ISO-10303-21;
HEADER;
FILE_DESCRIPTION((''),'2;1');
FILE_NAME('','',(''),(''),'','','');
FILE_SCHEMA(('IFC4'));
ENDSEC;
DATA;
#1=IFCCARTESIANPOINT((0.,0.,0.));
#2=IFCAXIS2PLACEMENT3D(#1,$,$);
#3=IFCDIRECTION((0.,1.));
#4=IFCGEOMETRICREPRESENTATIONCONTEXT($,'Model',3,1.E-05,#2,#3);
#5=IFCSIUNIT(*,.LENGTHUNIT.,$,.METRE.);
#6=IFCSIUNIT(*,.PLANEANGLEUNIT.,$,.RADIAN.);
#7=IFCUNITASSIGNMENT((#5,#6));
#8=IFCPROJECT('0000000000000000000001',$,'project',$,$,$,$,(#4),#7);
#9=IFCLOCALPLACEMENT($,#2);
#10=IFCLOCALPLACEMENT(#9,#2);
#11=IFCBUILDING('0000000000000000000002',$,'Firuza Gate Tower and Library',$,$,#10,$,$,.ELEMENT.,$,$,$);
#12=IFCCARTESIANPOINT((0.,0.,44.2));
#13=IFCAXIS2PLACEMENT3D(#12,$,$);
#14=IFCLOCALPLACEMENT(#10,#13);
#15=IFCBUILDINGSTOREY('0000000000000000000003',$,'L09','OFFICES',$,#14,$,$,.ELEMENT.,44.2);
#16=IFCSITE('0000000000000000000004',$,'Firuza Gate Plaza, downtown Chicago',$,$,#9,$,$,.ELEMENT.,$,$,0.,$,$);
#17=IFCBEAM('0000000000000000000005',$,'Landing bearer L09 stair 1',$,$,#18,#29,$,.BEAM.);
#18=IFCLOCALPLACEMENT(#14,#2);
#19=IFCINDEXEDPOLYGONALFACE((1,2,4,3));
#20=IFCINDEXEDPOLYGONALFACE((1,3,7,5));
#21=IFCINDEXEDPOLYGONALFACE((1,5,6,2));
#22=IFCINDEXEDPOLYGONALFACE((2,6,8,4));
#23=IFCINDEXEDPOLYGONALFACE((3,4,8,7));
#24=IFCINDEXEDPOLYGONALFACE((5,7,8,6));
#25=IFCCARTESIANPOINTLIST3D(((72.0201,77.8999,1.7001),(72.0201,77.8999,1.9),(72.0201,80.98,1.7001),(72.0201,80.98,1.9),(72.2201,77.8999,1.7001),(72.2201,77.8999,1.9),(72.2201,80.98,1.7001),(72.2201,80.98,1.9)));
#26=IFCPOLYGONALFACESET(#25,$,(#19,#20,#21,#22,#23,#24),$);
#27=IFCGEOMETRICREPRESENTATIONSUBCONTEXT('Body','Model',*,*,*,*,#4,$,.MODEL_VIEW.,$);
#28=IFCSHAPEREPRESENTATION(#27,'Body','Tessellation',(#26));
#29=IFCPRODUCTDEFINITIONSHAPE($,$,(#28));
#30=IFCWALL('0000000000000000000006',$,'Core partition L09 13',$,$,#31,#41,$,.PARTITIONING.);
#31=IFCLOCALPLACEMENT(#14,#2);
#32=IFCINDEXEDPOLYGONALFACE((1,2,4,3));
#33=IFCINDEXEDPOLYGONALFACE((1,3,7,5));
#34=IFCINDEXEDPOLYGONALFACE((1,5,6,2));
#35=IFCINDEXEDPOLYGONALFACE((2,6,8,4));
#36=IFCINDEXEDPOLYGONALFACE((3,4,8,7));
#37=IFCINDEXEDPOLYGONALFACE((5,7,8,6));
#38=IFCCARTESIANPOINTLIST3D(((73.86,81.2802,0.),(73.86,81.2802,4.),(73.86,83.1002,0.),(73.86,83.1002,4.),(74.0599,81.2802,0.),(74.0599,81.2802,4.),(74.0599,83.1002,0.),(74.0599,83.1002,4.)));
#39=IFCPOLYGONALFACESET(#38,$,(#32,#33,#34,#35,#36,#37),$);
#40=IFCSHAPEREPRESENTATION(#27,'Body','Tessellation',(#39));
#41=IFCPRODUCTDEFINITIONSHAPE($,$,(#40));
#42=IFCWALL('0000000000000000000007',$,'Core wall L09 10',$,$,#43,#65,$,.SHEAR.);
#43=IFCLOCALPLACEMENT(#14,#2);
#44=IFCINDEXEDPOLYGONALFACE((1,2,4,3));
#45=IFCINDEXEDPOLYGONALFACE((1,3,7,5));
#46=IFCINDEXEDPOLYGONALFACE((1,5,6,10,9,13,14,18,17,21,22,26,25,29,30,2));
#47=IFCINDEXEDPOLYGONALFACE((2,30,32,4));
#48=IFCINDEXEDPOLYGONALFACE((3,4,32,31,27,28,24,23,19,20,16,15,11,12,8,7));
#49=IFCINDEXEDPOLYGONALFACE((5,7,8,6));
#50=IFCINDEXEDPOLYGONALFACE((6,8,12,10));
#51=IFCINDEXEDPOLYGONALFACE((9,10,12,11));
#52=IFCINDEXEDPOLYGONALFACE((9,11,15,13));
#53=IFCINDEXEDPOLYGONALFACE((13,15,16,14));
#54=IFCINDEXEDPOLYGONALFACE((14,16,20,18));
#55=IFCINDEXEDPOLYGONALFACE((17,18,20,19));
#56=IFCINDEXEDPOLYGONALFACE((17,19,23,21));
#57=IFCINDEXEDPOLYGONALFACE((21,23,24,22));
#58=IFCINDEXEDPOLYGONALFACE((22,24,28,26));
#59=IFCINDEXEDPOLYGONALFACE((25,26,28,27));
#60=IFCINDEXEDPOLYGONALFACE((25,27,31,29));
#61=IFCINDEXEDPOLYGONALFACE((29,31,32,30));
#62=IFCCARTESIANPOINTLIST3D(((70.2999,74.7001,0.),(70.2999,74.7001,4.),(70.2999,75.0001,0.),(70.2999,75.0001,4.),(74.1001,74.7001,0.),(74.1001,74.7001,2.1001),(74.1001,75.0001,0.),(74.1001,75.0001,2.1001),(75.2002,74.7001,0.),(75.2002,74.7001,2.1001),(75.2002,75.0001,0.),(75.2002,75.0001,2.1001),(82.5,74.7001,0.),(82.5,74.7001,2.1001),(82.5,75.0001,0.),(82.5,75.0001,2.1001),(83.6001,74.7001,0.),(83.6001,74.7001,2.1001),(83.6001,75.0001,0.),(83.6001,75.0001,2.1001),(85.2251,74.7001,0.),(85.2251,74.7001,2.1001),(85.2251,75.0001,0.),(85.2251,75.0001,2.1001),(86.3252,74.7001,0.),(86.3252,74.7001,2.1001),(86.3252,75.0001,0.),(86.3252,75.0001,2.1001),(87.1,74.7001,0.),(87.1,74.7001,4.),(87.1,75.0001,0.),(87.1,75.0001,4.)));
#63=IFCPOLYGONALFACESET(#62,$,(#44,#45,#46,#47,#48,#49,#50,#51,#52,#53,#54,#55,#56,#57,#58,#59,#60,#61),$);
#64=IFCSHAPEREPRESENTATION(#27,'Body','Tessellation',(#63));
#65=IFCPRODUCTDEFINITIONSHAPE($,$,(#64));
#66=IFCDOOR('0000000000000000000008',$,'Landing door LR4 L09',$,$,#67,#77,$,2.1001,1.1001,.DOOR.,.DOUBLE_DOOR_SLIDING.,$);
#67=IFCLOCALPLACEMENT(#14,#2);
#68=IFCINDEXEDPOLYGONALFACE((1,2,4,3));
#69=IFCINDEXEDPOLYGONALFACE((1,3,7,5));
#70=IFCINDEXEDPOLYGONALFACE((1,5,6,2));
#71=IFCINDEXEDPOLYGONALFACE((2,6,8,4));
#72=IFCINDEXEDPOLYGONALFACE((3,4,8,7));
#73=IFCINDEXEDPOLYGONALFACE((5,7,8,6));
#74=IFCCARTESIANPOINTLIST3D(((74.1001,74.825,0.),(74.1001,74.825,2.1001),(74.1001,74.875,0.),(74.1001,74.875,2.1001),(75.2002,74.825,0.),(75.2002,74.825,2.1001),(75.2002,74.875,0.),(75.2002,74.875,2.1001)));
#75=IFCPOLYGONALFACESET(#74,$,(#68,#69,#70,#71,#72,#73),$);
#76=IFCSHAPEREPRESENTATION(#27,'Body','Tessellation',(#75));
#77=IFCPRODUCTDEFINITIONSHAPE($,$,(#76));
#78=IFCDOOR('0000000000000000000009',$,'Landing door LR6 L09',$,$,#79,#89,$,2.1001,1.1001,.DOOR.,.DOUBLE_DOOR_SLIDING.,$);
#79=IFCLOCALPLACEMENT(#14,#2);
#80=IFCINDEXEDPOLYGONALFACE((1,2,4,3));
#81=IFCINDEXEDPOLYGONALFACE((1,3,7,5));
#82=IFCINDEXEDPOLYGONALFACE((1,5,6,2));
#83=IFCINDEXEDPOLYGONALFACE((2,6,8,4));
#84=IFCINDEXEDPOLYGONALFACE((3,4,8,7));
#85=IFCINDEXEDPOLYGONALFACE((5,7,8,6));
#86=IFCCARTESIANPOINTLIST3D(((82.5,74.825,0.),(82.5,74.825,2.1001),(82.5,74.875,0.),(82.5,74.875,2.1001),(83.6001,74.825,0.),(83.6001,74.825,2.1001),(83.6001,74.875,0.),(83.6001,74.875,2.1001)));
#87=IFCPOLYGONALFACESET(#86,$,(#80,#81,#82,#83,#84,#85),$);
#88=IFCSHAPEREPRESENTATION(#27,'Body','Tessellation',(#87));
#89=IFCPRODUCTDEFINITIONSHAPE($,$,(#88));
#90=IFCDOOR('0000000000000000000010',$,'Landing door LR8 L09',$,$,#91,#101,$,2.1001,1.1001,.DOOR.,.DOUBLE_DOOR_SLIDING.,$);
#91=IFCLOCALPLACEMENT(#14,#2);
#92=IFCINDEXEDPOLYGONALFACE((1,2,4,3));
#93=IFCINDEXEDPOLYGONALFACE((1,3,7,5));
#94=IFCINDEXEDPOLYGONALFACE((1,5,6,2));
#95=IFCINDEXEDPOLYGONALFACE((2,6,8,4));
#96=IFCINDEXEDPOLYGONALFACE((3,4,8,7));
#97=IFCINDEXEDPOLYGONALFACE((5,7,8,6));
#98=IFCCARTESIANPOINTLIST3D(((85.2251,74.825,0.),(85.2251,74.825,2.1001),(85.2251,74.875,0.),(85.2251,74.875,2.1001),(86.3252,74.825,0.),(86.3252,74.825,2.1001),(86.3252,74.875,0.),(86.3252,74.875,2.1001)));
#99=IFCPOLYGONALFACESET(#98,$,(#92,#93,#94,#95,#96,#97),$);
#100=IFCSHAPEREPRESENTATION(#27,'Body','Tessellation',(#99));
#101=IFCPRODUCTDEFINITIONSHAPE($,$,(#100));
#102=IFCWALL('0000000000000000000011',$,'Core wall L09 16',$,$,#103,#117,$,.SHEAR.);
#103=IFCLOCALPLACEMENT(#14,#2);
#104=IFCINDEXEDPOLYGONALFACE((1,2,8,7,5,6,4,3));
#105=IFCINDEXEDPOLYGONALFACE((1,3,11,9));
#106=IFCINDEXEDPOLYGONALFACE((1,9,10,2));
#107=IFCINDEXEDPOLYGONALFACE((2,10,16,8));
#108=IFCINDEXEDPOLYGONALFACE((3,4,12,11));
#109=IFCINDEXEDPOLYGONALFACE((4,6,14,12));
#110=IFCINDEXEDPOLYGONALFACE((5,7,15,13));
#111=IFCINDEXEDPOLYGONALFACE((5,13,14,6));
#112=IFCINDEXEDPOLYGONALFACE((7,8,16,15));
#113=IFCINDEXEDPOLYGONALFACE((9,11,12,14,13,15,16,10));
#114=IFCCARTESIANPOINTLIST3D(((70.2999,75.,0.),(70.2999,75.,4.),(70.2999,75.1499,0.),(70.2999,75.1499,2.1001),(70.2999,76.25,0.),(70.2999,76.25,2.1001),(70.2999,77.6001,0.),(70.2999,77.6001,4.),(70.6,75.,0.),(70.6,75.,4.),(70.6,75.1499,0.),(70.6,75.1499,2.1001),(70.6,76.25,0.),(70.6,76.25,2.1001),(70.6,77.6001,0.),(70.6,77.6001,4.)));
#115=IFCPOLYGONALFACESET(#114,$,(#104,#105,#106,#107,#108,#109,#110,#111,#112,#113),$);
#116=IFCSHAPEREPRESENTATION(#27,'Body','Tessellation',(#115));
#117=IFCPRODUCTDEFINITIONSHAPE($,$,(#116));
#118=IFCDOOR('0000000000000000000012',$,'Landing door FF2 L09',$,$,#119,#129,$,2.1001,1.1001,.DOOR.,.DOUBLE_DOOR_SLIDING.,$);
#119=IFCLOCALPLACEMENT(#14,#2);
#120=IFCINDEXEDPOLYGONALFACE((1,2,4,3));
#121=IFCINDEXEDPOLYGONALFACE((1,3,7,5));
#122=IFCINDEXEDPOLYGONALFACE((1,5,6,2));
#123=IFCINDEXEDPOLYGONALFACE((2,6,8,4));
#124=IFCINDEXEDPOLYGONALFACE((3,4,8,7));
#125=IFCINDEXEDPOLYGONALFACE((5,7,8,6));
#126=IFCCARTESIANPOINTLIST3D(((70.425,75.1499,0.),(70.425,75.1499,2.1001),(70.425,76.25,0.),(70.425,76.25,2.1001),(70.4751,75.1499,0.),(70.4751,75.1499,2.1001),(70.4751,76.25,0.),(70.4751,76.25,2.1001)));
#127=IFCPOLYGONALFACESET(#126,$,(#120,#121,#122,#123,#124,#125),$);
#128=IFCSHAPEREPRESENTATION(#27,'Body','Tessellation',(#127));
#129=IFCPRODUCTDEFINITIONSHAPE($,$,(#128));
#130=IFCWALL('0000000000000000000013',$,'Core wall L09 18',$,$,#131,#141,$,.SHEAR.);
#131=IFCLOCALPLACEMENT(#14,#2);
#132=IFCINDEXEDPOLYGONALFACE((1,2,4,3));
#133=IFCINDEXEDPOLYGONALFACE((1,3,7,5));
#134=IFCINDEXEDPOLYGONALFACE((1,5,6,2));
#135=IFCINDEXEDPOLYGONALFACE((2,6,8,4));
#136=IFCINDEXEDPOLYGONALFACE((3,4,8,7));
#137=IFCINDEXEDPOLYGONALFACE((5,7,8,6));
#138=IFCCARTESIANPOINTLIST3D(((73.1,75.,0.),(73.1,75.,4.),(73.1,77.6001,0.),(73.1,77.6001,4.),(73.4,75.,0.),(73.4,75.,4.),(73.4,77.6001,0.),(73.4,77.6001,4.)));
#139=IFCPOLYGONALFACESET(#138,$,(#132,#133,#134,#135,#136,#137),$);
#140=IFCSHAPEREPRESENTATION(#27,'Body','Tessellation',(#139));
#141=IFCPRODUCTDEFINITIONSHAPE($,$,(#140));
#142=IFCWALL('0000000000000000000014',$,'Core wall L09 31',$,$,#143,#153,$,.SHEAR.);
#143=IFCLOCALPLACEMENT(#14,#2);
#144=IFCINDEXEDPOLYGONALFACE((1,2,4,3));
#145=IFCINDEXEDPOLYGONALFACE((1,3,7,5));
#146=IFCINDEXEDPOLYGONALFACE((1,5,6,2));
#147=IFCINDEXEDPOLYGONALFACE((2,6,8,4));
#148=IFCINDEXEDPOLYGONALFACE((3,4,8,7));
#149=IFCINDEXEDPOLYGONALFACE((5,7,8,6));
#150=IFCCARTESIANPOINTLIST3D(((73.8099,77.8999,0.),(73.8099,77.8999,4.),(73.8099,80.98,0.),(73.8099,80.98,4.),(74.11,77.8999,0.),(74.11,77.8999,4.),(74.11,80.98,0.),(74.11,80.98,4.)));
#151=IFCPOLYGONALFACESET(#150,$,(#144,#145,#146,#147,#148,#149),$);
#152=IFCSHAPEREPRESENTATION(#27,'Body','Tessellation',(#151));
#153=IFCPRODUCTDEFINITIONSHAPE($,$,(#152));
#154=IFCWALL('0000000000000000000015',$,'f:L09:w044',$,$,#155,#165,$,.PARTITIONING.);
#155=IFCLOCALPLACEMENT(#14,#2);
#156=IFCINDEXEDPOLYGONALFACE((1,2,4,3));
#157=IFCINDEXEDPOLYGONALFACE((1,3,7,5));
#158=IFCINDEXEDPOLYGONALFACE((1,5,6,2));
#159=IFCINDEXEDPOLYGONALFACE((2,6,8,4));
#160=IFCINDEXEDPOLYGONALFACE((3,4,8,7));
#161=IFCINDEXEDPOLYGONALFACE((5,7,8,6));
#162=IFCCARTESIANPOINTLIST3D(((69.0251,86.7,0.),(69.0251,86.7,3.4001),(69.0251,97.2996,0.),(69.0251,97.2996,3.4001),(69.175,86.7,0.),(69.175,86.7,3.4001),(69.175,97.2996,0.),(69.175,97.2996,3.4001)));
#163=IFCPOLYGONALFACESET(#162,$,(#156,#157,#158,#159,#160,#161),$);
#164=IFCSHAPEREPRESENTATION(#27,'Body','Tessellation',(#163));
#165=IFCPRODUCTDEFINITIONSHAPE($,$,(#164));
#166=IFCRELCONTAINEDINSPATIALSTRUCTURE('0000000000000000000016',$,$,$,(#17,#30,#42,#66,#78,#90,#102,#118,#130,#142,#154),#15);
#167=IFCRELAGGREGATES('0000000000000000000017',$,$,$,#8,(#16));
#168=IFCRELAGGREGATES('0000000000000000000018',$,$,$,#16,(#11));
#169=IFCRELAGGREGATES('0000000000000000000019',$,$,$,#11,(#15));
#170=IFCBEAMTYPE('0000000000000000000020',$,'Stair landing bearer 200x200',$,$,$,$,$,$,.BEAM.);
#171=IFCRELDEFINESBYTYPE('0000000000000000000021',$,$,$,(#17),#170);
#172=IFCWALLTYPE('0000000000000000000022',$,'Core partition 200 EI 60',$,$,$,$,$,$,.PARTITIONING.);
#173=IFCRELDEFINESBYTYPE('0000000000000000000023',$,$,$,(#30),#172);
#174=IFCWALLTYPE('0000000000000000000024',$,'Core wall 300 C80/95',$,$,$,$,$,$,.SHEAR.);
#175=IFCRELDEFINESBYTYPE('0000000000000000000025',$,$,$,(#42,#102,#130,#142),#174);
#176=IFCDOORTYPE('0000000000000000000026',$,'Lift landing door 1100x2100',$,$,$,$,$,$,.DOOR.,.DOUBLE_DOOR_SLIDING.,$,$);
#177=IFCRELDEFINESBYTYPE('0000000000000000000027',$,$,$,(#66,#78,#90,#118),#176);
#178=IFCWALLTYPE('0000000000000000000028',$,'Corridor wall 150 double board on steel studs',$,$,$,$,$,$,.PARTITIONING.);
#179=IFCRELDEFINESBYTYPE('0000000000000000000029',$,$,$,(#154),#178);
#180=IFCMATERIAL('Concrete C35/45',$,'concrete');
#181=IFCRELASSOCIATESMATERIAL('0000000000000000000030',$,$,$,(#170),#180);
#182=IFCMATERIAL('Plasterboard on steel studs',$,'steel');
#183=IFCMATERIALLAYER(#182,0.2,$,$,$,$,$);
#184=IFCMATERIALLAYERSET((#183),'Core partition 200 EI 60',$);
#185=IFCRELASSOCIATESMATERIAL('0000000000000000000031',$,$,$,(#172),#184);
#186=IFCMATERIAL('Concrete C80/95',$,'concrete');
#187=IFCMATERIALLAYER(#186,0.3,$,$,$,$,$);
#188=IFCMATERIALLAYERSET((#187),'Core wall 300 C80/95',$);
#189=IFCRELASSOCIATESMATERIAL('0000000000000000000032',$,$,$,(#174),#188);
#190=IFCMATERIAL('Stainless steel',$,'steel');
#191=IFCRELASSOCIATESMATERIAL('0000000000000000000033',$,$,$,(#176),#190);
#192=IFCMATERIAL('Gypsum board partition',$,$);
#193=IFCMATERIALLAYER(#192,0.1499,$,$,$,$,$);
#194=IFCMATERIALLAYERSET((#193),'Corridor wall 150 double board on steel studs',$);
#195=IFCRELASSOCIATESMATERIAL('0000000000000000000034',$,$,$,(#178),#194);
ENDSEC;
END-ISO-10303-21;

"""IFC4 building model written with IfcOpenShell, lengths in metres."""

from ifc_helpers import new_model, si_unit, direction, frame, frame_2d, origin, origin_2d, place, context, subcontext, project, spatial, rectangle, extrude, material, layer, layer_set, material_profile, profile_set, type_object, element, fill, save


model = new_model("IFC4")

# Units and contexts
model_context = context("Model", 3, precision=1e-05, world=origin(), true_north=direction((0.0, 1.0)))
body_context = subcontext(model_context, "Body", "Model", "MODEL_VIEW")
ifc_project = project(units=[si_unit("LENGTHUNIT", "METRE"), si_unit("PLANEANGLEUNIT", "RADIAN")], contexts=[model_context])

# Site, building, storey
site_placement = place(None, origin())
site = spatial("IfcSite", under=ifc_project, at=site_placement, Name="Firuza Gate Plaza, downtown Chicago", CompositionType="ELEMENT", RefElevation=0.0)
building_placement = place(site_placement, origin())
building = spatial("IfcBuilding", under=site, at=building_placement, Name="Firuza Gate Tower and Library", CompositionType="ELEMENT")
storey_placement = place(building_placement, frame((0.0, 0.0, 44.2)))
storey = spatial("IfcBuildingStorey", under=building, at=storey_placement, Name="L09", Description="OFFICES", CompositionType="ELEMENT", Elevation=44.2)

# Beam
ifc_material_1 = material(Name="Concrete C35/45", Category="concrete")
ifc_material_profile = material_profile(ifc_material_1, rectangle(XDim=0.2, YDim=0.2, at=origin_2d()))
ifc_profile_set = profile_set([ifc_material_profile], Name="Concrete C35/45")
beam_type = type_object("IfcBeamType", Name="Stair landing bearer 200x200", PredefinedType="BEAM", material=ifc_profile_set)
beam_placement = place(storey_placement, frame((72.1201, 77.8999, 1.8), z_axis=(0.0, 1.0, 0.0), x_axis=(-1.0, 0.0, 0.0)))
element("IfcBeam", 1, at=beam_placement, inside=storey, type_object=beam_type, Name="Landing bearer L09 stair 1", PredefinedType="BEAM", context=body_context, shape_type="SweptSolid", body=[
    extrude(rectangle(XDim=0.2, YDim=0.2, at=origin_2d()), origin(), (0.0, 0.0, 1.0), 3.0801),
])

# Wall
ifc_material_2 = material(Name="Plasterboard on steel studs", Category="steel")
ifc_layer_1 = layer(ifc_material_2, 0.2)
ifc_layer_set_1 = layer_set([ifc_layer_1], Name="Core partition 200 EI 60")
wall_type_1 = type_object("IfcWallType", Name="Core partition 200 EI 60", PredefinedType="PARTITIONING", material=ifc_layer_set_1)
wall_1_placement = place(storey_placement, frame((73.96, 81.28, 0.0), z_axis=(0.0, 0.0, 1.0), x_axis=(0.0, 1.0, 0.0)))
element("IfcWall", 2, at=wall_1_placement, inside=storey, type_object=wall_type_1, Name="Core partition L09 13", PredefinedType="PARTITIONING", context=body_context, shape_type="SweptSolid", body=[
    extrude(rectangle(XDim=1.8201, YDim=0.2, at=frame_2d((0.9102, 0.0))), origin(), (0.0, 0.0, 1.0), 4.0),
])

# Wall, openings, doors
ifc_material_3 = material(Name="Concrete C80/95", Category="concrete")
ifc_layer_2 = layer(ifc_material_3, 0.3)
ifc_layer_set_2 = layer_set([ifc_layer_2], Name="Core wall 300 C80/95")
wall_type_2 = type_object("IfcWallType", Name="Core wall 300 C80/95", PredefinedType="SHEAR", material=ifc_layer_set_2)
wall_2_placement = place(storey_placement, frame((70.3, 74.8501, 0.0), z_axis=(0.0, 0.0, 1.0), x_axis=(1.0, 0.0, 0.0)))
wall_2 = element("IfcWall", 3, at=wall_2_placement, inside=storey, type_object=wall_type_2, Name="Core wall L09 10", PredefinedType="SHEAR", context=body_context, shape_type="SweptSolid", body=[
    extrude(rectangle(XDim=16.8, YDim=0.3, at=frame_2d((8.3999, 0.0))), origin(), (0.0, 0.0, 1.0), 4.0),
])
opening_1_placement = place(wall_2_placement, frame((3.8, 0.0, 0.0)))
opening_1 = element("IfcOpeningElement", 4, at=opening_1_placement, cuts=wall_2, PredefinedType="OPENING", context=body_context, shape_type="SweptSolid", body=[
    extrude(rectangle(XDim=1.1001, YDim=2.1001, at=frame_2d((0.55, 1.05))), frame((0.0, 0.1602, 0.0), z_axis=(0.0, -1.0, 0.0), x_axis=(1.0, 0.0, 0.0)), (0.0, 0.0, 1.0), 0.3201),
])
opening_2_placement = place(wall_2_placement, frame((12.2, 0.0, 0.0)))
opening_2 = element("IfcOpeningElement", 5, at=opening_2_placement, cuts=wall_2, PredefinedType="OPENING", context=body_context, shape_type="SweptSolid", body=[
    extrude(rectangle(XDim=1.1001, YDim=2.1001, at=frame_2d((0.55, 1.05))), frame((0.0, 0.1602, 0.0), z_axis=(0.0, -1.0, 0.0), x_axis=(1.0, 0.0, 0.0)), (0.0, 0.0, 1.0), 0.3201),
])
opening_3_placement = place(wall_2_placement, frame((14.925, 0.0, 0.0)))
opening_3 = element("IfcOpeningElement", 6, at=opening_3_placement, cuts=wall_2, PredefinedType="OPENING", context=body_context, shape_type="SweptSolid", body=[
    extrude(rectangle(XDim=1.1001, YDim=2.1001, at=frame_2d((0.55, 1.05))), frame((0.0, 0.1602, 0.0), z_axis=(0.0, -1.0, 0.0), x_axis=(1.0, 0.0, 0.0)), (0.0, 0.0, 1.0), 0.3201),
])
ifc_material_4 = material(Name="Stainless steel", Category="steel")
door_type = type_object("IfcDoorType", Name="Lift landing door 1100x2100", OperationType="DOUBLE_DOOR_SLIDING", PredefinedType="DOOR", material=ifc_material_4)
door_1_placement = place(opening_1_placement, origin())
door_1 = element("IfcDoor", 7, at=door_1_placement, inside=storey, type_object=door_type, Name="Landing door LR4 L09", OperationType="DOUBLE_DOOR_SLIDING", OverallHeight=2.1001, OverallWidth=1.1001, PredefinedType="DOOR", context=body_context, shape_type="SweptSolid", body=[
    extrude(rectangle(XDim=1.1001, YDim=2.1001, at=frame_2d((0.55, 1.05))), frame((0.0, 0.0249, 0.0), z_axis=(0.0, -1.0, 0.0), x_axis=(1.0, 0.0, 0.0)), (0.0, 0.0, 1.0), 0.05),
])
fill(opening_1, door_1)
door_2_placement = place(opening_2_placement, origin())
door_2 = element("IfcDoor", 8, at=door_2_placement, inside=storey, type_object=door_type, Name="Landing door LR6 L09", OperationType="DOUBLE_DOOR_SLIDING", OverallHeight=2.1001, OverallWidth=1.1001, PredefinedType="DOOR", context=body_context, shape_type="SweptSolid", body=[
    extrude(rectangle(XDim=1.1001, YDim=2.1001, at=frame_2d((0.55, 1.05))), frame((0.0, 0.0249, 0.0), z_axis=(0.0, -1.0, 0.0), x_axis=(1.0, 0.0, 0.0)), (0.0, 0.0, 1.0), 0.05),
])
fill(opening_2, door_2)
door_3_placement = place(opening_3_placement, origin())
door_3 = element("IfcDoor", 9, at=door_3_placement, inside=storey, type_object=door_type, Name="Landing door LR8 L09", OperationType="DOUBLE_DOOR_SLIDING", OverallHeight=2.1001, OverallWidth=1.1001, PredefinedType="DOOR", context=body_context, shape_type="SweptSolid", body=[
    extrude(rectangle(XDim=1.1001, YDim=2.1001, at=frame_2d((0.55, 1.05))), frame((0.0, 0.0249, 0.0), z_axis=(0.0, -1.0, 0.0), x_axis=(1.0, 0.0, 0.0)), (0.0, 0.0, 1.0), 0.05),
])
fill(opening_3, door_3)

# Wall, opening, door
wall_3_placement = place(storey_placement, frame((70.45, 75.0, 0.0), z_axis=(0.0, 0.0, 1.0), x_axis=(0.0, 1.0, 0.0)))
wall_3 = element("IfcWall", 10, at=wall_3_placement, inside=storey, type_object=wall_type_2, Name="Core wall L09 16", PredefinedType="SHEAR", context=body_context, shape_type="SweptSolid", body=[
    extrude(rectangle(XDim=2.6001, YDim=0.3, at=frame_2d((1.3, 0.0))), origin(), (0.0, 0.0, 1.0), 4.0),
])
opening_4_placement = place(wall_3_placement, frame((0.1499, 0.0, 0.0)))
opening_4 = element("IfcOpeningElement", 11, at=opening_4_placement, cuts=wall_3, PredefinedType="OPENING", context=body_context, shape_type="SweptSolid", body=[
    extrude(rectangle(XDim=1.1001, YDim=2.1001, at=frame_2d((0.55, 1.05))), frame((0.0, 0.1602, 0.0), z_axis=(0.0, -1.0, 0.0), x_axis=(1.0, 0.0, 0.0)), (0.0, 0.0, 1.0), 0.3201),
])
door_4_placement = place(opening_4_placement, origin())
door_4 = element("IfcDoor", 12, at=door_4_placement, inside=storey, type_object=door_type, Name="Landing door FF2 L09", OperationType="DOUBLE_DOOR_SLIDING", OverallHeight=2.1001, OverallWidth=1.1001, PredefinedType="DOOR", context=body_context, shape_type="SweptSolid", body=[
    extrude(rectangle(XDim=1.1001, YDim=2.1001, at=frame_2d((0.55, 1.05))), frame((0.0, 0.0249, 0.0), z_axis=(0.0, -1.0, 0.0), x_axis=(1.0, 0.0, 0.0)), (0.0, 0.0, 1.0), 0.05),
])
fill(opening_4, door_4)

# Walls
wall_4_placement = place(storey_placement, frame((73.25, 75.0, 0.0), z_axis=(0.0, 0.0, 1.0), x_axis=(0.0, 1.0, 0.0)))
element("IfcWall", 13, at=wall_4_placement, inside=storey, type_object=wall_type_2, Name="Core wall L09 18", PredefinedType="SHEAR", context=body_context, shape_type="SweptSolid", body=[
    extrude(rectangle(XDim=2.6001, YDim=0.3, at=frame_2d((1.3, 0.0))), origin(), (0.0, 0.0, 1.0), 4.0),
])
wall_5_placement = place(storey_placement, frame((73.96, 77.8999, 0.0), z_axis=(0.0, 0.0, 1.0), x_axis=(0.0, 1.0, 0.0)))
element("IfcWall", 14, at=wall_5_placement, inside=storey, type_object=wall_type_2, Name="Core wall L09 31", PredefinedType="SHEAR", context=body_context, shape_type="SweptSolid", body=[
    extrude(rectangle(XDim=3.0801, YDim=0.3, at=frame_2d((1.54, 0.0))), origin(), (0.0, 0.0, 1.0), 4.0),
])
ifc_material_5 = material(Name="Gypsum board partition")
ifc_layer_3 = layer(ifc_material_5, 0.1499)
ifc_layer_set_3 = layer_set([ifc_layer_3], Name="Corridor wall 150 double board on steel studs")
wall_type_3 = type_object("IfcWallType", Name="Corridor wall 150 double board on steel studs", PredefinedType="PARTITIONING", material=ifc_layer_set_3)
wall_6_placement = place(storey_placement, frame((69.1001, 86.7, 0.0), z_axis=(0.0, 0.0, 1.0), x_axis=(0.0, 1.0, 0.0)))
element("IfcWall", 15, at=wall_6_placement, inside=storey, type_object=wall_type_3, Name="f:L09:w044", PredefinedType="PARTITIONING", context=body_context, shape_type="SweptSolid", body=[
    extrude(rectangle(XDim=10.5996, YDim=0.1499, at=frame_2d((5.2998, 0.0))), origin(), (0.0, 0.0, 1.0), 3.4001),
])

save(model, "model.ifc")
